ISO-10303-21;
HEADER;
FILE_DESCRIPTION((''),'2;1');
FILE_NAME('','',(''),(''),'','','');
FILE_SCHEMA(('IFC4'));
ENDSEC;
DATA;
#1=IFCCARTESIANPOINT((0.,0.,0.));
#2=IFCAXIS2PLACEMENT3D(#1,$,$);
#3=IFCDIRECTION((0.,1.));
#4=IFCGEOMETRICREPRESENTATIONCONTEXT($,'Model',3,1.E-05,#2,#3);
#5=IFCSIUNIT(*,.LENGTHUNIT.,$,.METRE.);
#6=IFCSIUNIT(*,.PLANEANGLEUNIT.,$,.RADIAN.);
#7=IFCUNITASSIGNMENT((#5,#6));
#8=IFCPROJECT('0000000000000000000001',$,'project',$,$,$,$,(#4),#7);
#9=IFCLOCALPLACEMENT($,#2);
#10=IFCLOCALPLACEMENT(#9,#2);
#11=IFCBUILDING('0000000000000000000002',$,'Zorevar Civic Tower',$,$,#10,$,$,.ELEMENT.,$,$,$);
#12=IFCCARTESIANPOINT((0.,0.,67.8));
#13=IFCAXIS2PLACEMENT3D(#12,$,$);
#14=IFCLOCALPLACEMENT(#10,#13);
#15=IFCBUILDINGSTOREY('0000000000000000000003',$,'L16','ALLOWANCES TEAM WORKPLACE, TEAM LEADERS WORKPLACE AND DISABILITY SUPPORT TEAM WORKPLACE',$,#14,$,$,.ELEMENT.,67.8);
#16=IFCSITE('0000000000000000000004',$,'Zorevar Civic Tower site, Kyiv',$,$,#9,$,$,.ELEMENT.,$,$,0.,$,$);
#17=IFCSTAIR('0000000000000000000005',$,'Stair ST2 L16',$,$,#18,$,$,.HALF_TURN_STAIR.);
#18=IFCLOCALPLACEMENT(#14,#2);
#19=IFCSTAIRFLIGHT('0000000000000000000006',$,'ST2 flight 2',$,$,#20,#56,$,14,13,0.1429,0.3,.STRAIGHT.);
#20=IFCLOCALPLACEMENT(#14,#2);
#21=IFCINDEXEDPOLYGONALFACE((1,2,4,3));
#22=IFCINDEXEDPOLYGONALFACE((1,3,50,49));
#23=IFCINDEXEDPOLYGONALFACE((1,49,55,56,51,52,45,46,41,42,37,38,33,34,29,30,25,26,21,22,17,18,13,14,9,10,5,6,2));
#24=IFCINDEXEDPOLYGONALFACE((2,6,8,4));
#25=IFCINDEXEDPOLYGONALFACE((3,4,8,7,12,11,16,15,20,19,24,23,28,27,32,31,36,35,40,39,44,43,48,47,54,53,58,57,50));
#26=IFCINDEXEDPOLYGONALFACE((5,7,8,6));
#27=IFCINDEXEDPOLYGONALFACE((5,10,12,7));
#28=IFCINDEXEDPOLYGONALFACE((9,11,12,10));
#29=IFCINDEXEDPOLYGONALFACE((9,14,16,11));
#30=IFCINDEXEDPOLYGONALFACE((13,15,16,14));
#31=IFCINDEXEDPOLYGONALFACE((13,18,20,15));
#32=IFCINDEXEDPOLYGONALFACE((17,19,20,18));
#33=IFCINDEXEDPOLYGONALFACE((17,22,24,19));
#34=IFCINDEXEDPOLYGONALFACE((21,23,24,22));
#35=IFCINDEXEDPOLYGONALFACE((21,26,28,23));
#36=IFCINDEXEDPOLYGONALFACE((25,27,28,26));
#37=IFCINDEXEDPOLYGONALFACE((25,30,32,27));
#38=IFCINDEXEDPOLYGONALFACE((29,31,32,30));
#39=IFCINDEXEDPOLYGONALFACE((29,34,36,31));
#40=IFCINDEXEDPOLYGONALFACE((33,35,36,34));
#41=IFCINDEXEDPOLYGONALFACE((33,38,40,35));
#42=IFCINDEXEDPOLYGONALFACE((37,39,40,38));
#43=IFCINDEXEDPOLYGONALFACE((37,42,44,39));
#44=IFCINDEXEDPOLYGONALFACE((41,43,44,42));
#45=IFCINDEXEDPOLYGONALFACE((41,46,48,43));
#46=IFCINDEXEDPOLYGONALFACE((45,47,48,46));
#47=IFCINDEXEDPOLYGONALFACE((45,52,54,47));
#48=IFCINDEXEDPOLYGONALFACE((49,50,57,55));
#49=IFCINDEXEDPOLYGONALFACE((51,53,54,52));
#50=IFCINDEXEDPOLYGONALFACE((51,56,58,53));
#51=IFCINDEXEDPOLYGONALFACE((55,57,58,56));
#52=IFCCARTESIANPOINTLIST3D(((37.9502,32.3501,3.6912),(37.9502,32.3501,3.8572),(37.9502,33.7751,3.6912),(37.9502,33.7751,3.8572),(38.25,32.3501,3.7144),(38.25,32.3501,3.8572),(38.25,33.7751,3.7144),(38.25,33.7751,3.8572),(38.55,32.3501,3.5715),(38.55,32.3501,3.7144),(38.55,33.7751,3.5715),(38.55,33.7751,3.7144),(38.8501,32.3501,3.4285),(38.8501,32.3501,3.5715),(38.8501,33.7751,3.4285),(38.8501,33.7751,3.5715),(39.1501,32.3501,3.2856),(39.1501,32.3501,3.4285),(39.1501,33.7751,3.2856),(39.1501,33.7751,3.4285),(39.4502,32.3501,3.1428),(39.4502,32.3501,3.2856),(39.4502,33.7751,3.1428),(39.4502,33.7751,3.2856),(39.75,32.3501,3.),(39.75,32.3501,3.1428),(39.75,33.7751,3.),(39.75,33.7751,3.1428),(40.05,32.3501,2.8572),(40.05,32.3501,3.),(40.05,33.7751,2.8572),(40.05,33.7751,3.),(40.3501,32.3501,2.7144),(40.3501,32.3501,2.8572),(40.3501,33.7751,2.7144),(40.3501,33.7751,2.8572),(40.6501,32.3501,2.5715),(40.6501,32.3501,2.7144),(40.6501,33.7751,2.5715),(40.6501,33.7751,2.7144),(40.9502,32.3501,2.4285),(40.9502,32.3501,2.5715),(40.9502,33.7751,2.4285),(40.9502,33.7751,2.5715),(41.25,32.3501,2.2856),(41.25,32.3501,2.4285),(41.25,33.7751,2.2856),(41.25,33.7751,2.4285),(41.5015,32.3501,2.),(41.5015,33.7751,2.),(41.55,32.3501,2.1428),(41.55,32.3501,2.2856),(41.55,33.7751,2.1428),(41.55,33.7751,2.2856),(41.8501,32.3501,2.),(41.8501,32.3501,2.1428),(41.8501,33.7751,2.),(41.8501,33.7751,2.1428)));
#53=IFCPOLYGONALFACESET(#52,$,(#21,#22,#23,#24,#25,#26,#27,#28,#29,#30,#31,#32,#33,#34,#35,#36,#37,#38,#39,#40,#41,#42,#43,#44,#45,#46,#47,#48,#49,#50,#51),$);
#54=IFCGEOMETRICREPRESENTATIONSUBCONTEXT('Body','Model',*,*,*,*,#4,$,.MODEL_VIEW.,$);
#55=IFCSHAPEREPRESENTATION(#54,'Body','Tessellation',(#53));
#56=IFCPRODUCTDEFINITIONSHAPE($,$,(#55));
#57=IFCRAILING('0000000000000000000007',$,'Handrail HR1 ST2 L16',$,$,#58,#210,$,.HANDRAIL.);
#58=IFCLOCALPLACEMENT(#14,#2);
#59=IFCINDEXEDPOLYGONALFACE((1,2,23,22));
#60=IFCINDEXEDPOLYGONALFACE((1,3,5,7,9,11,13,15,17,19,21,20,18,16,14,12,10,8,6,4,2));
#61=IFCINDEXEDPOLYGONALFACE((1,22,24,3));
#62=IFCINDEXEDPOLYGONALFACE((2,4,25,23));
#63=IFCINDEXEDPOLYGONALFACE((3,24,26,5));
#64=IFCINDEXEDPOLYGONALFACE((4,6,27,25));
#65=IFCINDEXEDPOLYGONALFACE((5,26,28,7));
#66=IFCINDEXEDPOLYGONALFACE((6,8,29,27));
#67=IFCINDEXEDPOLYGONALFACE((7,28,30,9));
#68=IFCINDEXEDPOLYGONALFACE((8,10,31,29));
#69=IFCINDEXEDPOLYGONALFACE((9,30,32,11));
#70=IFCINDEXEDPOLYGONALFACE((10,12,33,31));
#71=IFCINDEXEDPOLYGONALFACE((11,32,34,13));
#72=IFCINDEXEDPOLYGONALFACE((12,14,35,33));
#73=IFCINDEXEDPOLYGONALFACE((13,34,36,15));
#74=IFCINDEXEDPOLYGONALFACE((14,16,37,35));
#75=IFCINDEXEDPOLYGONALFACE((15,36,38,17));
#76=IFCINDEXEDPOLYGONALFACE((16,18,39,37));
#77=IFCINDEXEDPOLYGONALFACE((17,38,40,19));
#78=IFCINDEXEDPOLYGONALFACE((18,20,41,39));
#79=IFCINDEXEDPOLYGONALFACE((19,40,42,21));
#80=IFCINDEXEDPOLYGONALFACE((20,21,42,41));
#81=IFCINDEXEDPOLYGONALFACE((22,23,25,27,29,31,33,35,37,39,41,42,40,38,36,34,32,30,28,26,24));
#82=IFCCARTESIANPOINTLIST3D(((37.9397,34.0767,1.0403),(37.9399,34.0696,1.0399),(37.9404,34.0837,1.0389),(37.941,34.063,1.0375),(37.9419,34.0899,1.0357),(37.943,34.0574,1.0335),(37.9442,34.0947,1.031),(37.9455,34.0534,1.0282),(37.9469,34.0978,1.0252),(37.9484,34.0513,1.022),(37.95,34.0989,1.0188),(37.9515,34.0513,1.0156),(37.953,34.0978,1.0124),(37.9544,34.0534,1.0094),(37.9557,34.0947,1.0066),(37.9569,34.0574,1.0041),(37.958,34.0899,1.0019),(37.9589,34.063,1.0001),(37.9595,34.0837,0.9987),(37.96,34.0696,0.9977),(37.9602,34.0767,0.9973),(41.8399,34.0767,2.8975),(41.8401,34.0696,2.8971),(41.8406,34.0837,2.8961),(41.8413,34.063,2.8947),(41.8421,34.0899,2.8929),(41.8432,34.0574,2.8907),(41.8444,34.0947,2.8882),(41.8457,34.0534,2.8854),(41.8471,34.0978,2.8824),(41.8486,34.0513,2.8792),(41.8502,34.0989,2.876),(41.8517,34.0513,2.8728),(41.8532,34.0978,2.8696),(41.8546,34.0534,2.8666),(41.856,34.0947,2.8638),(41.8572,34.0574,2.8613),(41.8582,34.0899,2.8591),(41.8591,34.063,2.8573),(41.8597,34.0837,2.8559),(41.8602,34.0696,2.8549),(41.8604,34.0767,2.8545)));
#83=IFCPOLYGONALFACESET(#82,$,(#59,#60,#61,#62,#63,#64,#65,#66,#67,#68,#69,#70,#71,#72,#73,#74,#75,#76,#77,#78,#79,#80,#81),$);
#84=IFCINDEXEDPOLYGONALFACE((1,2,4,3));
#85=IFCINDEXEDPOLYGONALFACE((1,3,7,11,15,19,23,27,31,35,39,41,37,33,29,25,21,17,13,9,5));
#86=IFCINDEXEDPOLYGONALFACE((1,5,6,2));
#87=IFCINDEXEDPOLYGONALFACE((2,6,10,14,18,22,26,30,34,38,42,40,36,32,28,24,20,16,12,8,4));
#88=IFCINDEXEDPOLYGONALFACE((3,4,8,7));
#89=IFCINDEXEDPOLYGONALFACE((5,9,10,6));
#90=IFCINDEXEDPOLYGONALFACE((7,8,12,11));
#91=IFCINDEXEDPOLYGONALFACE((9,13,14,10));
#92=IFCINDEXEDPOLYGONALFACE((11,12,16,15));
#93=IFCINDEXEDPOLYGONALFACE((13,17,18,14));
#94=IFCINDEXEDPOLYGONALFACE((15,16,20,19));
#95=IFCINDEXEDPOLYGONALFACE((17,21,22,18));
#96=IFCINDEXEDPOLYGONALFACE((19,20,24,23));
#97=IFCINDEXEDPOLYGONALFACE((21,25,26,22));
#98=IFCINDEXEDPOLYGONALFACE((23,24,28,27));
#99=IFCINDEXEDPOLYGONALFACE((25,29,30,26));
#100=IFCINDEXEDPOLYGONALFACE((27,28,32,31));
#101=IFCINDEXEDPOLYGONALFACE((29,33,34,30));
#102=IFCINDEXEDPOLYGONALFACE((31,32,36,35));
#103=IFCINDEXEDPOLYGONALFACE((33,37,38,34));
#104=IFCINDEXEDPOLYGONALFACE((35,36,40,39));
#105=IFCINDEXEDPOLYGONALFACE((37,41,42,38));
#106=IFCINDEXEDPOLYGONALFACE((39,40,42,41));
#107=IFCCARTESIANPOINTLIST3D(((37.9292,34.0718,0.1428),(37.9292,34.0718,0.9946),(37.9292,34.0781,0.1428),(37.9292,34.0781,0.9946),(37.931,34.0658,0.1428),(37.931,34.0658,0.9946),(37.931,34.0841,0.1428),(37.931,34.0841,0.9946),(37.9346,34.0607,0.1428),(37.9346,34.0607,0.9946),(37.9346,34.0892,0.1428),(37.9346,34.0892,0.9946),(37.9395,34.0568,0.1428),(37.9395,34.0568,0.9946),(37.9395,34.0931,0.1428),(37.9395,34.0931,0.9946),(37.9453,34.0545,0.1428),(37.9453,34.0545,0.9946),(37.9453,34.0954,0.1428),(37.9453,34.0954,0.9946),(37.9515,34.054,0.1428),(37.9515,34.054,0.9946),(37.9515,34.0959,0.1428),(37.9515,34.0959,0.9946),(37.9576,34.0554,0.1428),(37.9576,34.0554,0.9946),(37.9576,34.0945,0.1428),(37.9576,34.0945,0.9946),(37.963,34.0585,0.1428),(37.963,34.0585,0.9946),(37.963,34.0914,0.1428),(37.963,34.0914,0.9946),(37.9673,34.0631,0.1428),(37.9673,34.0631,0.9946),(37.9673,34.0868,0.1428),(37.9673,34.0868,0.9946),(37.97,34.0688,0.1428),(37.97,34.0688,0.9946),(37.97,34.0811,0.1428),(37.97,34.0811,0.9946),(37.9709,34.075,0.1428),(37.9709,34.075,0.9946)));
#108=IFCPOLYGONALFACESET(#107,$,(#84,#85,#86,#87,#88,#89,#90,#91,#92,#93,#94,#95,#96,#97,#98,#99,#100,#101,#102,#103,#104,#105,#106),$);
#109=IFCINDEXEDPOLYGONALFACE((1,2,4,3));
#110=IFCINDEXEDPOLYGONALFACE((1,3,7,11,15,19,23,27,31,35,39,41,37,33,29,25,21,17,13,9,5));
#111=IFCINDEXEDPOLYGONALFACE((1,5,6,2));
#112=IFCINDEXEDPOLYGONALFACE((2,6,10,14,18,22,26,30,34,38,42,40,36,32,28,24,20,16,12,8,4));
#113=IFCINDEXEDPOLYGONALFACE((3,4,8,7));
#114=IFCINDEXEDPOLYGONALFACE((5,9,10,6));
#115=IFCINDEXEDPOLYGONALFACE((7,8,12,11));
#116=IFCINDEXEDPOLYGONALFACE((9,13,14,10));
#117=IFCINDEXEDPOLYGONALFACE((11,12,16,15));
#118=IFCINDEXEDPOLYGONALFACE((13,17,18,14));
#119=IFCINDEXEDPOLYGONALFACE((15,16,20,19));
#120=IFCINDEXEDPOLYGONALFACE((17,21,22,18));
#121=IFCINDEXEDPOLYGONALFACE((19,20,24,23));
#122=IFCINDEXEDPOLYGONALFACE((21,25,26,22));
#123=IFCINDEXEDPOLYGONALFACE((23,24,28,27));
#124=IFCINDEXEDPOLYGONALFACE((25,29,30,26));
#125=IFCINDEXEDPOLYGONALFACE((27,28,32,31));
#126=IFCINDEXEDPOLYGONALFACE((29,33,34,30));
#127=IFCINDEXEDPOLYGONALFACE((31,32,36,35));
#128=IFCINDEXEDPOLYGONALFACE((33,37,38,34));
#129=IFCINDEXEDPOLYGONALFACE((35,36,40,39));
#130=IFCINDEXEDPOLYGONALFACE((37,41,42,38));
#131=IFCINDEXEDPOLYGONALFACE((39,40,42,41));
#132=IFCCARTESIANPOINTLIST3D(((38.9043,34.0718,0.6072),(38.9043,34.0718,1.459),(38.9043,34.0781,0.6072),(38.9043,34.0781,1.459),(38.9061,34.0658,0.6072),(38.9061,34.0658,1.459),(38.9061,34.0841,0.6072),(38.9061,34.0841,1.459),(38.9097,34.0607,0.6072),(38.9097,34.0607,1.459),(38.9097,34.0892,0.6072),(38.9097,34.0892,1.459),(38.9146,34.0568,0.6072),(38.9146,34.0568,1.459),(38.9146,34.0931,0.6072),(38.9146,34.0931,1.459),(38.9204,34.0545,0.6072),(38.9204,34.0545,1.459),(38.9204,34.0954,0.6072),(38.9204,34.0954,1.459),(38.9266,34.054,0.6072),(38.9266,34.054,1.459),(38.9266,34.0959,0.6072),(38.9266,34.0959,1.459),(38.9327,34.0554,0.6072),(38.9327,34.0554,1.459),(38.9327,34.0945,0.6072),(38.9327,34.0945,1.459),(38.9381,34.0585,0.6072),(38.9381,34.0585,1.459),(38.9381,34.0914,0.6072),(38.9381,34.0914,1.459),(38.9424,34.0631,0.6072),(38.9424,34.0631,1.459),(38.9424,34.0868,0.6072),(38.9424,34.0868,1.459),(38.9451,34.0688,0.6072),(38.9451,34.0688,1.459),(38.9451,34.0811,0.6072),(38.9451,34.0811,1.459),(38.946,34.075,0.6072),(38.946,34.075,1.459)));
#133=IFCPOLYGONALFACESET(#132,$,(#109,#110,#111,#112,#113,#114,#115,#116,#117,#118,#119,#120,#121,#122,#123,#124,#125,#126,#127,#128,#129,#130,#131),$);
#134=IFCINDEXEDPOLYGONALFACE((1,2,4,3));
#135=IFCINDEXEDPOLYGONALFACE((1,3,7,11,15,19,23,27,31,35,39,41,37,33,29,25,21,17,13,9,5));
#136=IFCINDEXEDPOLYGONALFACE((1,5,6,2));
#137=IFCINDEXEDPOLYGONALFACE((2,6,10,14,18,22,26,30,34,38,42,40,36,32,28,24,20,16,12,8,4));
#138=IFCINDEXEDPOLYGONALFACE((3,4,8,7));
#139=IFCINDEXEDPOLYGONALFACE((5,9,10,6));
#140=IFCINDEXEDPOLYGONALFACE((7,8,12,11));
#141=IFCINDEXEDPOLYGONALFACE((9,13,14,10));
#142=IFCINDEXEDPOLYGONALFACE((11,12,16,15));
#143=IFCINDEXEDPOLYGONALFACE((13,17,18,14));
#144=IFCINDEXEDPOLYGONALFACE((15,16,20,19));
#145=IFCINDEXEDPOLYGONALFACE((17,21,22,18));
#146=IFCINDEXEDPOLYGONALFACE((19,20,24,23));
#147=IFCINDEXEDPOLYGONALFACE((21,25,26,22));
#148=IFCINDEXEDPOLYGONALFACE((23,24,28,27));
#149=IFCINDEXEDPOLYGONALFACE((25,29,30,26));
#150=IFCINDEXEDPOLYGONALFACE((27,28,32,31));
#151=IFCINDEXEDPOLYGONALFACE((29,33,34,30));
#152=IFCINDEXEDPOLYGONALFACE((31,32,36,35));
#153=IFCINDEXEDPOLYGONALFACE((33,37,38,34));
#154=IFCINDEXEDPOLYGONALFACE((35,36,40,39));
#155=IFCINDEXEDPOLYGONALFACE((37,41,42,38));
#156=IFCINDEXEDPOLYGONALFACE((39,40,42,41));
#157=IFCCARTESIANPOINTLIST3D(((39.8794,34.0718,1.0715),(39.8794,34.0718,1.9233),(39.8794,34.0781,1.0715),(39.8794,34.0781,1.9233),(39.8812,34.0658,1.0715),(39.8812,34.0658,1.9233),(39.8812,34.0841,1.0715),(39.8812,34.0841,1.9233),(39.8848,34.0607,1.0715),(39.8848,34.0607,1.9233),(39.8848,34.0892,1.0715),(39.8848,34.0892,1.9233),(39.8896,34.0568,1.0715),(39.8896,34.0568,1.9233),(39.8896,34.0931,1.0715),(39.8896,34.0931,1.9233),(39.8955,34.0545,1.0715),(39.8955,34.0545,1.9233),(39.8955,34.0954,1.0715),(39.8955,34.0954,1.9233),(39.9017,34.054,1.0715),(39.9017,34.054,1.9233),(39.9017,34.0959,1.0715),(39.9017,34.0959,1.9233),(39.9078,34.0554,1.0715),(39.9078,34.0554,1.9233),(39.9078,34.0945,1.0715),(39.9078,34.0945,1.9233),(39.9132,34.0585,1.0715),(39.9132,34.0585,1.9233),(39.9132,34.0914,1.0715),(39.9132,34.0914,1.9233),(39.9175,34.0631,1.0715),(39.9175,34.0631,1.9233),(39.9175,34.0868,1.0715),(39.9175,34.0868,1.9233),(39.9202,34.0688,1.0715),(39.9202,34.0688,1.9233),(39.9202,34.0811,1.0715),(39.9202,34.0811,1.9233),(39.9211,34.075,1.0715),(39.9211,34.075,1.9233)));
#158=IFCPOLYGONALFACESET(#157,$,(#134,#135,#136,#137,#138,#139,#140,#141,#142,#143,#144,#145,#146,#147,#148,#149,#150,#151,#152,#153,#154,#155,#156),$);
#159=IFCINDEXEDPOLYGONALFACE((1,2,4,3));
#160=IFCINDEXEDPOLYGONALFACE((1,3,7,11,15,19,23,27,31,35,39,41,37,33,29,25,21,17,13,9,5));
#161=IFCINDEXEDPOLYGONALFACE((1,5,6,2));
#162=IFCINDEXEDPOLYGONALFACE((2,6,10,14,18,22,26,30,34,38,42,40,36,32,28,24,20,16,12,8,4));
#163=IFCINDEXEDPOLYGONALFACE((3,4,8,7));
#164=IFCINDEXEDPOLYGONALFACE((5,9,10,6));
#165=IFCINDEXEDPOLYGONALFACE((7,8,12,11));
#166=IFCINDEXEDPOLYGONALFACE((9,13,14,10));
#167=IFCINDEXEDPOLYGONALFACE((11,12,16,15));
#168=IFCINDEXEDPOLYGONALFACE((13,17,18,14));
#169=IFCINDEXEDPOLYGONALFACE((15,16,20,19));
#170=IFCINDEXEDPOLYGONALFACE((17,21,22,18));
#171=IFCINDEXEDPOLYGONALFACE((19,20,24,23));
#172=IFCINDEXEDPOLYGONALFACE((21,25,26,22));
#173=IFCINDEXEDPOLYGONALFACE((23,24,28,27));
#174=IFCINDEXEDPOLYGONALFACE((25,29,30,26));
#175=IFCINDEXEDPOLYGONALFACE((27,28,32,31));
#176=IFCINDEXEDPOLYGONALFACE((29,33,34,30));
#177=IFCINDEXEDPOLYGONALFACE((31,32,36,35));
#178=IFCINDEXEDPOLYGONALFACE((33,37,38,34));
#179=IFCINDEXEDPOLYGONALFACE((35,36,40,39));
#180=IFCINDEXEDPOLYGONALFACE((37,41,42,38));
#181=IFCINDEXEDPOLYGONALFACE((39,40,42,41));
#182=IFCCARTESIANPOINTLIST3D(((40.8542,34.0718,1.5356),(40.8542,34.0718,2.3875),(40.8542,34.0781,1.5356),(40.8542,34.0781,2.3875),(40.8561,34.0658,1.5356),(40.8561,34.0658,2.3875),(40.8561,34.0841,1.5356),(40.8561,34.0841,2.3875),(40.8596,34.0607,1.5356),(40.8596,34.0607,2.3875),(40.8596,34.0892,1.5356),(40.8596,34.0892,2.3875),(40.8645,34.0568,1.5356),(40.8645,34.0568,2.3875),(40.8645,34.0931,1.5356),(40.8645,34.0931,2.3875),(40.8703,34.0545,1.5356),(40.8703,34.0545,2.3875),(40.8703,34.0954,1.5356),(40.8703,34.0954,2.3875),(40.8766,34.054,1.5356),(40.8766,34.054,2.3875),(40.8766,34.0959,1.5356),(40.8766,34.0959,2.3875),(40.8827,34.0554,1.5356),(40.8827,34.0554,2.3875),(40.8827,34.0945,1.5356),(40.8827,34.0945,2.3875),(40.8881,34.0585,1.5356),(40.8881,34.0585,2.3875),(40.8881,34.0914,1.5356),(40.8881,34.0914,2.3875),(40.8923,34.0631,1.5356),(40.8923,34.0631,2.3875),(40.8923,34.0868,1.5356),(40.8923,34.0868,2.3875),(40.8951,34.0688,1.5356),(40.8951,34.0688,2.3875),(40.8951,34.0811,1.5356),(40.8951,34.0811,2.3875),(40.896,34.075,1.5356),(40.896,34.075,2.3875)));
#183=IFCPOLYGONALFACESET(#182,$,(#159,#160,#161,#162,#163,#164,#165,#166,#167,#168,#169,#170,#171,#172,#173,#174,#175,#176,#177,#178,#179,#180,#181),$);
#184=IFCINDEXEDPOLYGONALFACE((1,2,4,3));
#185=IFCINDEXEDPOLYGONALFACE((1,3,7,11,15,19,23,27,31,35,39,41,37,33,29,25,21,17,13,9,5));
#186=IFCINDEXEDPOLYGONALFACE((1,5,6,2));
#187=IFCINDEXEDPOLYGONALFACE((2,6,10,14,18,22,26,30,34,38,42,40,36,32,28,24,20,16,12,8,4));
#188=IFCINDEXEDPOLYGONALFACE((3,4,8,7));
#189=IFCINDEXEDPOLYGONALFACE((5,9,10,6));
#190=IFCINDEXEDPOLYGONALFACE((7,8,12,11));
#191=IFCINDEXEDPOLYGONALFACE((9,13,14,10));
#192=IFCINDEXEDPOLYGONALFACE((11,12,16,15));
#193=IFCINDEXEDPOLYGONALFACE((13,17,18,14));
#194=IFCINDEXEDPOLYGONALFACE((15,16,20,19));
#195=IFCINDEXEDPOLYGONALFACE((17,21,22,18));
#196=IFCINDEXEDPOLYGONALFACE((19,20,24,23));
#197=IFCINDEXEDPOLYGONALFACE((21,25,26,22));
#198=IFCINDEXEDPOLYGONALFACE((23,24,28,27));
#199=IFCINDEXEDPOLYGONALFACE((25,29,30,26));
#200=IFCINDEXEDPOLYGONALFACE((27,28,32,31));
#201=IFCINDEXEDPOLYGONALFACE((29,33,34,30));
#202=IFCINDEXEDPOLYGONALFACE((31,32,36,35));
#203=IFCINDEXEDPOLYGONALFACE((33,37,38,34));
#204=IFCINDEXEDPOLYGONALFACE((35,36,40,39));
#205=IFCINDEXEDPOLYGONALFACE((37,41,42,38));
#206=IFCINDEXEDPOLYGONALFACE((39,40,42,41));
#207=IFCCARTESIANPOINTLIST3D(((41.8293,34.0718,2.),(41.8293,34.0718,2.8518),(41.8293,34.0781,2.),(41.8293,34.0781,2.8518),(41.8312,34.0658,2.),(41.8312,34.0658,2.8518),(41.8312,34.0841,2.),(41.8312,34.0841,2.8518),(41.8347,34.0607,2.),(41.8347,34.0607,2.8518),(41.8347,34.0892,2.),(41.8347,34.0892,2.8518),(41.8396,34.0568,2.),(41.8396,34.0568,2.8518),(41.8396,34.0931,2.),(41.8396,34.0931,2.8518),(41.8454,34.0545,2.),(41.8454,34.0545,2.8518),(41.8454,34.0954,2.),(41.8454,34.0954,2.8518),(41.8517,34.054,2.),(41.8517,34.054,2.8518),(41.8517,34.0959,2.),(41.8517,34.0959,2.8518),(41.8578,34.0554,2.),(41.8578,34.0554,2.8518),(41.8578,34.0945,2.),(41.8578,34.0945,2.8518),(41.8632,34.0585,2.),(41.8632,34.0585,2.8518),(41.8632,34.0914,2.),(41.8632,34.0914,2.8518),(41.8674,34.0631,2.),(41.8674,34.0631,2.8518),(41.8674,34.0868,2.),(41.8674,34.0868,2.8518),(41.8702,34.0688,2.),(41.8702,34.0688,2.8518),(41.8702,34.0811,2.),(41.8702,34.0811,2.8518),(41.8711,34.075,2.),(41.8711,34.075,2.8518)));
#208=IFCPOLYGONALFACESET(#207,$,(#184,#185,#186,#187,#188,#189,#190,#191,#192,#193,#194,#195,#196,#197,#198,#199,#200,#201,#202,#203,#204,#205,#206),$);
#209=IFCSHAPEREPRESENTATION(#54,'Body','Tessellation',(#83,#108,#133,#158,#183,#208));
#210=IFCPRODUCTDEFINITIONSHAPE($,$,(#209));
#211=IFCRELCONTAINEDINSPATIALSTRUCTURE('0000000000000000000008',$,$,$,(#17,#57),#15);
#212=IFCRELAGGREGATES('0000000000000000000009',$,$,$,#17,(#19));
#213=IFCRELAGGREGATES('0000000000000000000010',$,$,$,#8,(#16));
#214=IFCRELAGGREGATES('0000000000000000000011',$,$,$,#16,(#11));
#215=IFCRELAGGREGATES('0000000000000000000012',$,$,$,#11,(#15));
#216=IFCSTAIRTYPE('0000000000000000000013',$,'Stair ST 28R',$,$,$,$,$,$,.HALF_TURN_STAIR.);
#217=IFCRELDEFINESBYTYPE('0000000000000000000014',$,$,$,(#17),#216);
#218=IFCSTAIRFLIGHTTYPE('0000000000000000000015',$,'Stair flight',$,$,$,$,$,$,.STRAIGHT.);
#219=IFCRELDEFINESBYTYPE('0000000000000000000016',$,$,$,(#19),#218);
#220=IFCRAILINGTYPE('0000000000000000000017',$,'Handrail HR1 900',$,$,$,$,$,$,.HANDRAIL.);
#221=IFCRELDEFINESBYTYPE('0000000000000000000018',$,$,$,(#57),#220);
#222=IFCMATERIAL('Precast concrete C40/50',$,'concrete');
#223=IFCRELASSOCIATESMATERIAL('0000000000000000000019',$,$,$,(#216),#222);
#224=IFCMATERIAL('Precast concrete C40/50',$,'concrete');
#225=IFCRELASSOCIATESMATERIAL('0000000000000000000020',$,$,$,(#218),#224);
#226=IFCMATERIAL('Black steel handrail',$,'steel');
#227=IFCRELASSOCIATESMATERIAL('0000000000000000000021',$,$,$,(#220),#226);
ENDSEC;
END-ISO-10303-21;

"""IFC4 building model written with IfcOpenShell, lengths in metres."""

from ifc_helpers import new_model, si_unit, direction, frame, origin, origin_2d, place, context, subcontext, project, spatial, polyline, circle, outline, extrude, material, type_object, element, aggregate, save


model = new_model("IFC4")

# Units and contexts
model_context = context("Model", 3, precision=1e-05, world=origin(), true_north=direction((0.0, 1.0)))
body_context = subcontext(model_context, "Body", "Model", "MODEL_VIEW")
ifc_project = project(units=[si_unit("LENGTHUNIT", "METRE"), si_unit("PLANEANGLEUNIT", "RADIAN")], contexts=[model_context])

# Site, building, storey
site_placement = place(None, origin())
site = spatial("IfcSite", under=ifc_project, at=site_placement, Name="Zorevar Civic Tower site, Kyiv", CompositionType="ELEMENT", RefElevation=0.0)
building_placement = place(site_placement, origin())
building = spatial("IfcBuilding", under=site, at=building_placement, Name="Zorevar Civic Tower", CompositionType="ELEMENT")
storey_placement = place(building_placement, frame((0.0, 0.0, 67.8)))
storey = spatial("IfcBuildingStorey", under=building, at=storey_placement, Name="L16", Description="ALLOWANCES TEAM WORKPLACE, TEAM LEADERS WORKPLACE AND DISABILITY SUPPORT TEAM WORKPLACE", CompositionType="ELEMENT", Elevation=67.8)

# Stair, stair flight
ifc_material_1 = material(Name="Precast concrete C40/50", Category="concrete")
stair_type = type_object("IfcStairType", Name="Stair ST 28R", PredefinedType="HALF_TURN_STAIR", material=ifc_material_1)
stair_placement = place(storey_placement, origin())
stair = element("IfcStair", 1, at=stair_placement, inside=storey, type_object=stair_type, Name="Stair ST2 L16", PredefinedType="HALF_TURN_STAIR")
ifc_material_2 = material(Name="Precast concrete C40/50", Category="concrete")
stair_flight_type = type_object("IfcStairFlightType", Name="Stair flight", PredefinedType="STRAIGHT", material=ifc_material_2)
stair_flight_1_placement = place(storey_placement, frame((41.8501, 33.0625, 2.0), z_axis=(0.0, 0.0, 1.0), x_axis=(-1.0, 0.0, 0.0)))
stair_flight_1 = element("IfcStairFlight", 2, at=stair_flight_1_placement, type_object=stair_flight_type, Name="ST2 flight 2", NumberOfRisers=14, NumberOfTreads=13, PredefinedType="STRAIGHT", RiserHeight=0.1429, TreadLength=0.3, context=body_context, shape_type="SweptSolid", body=[
    extrude(outline(polyline([(0.0, 0.0), (0.0, 0.1428), (0.3, 0.1428), (0.3, 0.2856), (0.6001, 0.2856), (0.6001, 0.4285), (0.8999, 0.4285), (0.8999, 0.5715), (1.2, 0.5715), (1.2, 0.7144), (1.5, 0.7144), (1.5, 0.8572), (1.8, 0.8572), (1.8, 1.0), (2.1001, 1.0), (2.1001, 1.1428), (2.3999, 1.1428), (2.3999, 1.2856), (2.7, 1.2856), (2.7, 1.4285), (3.0, 1.4285), (3.0, 1.5715), (3.3, 1.5715), (3.3, 1.7144), (3.6001, 1.7144), (3.6001, 1.8572), (3.8999, 1.8572), (3.8999, 2.0), (3.8999, 1.6912), (0.3486, 0.0), (0.0, 0.0)])), frame((0.0, 0.7124, 0.0), z_axis=(0.0, -1.0, 0.0), x_axis=(1.0, 0.0, 0.0)), (0.0, 0.0, 1.0), 1.425),
])
aggregate(stair, [stair_flight_1])

# Railing
ifc_material_3 = material(Name="Black steel handrail", Category="steel")
railing_type = type_object("IfcRailingType", Name="Handrail HR1 900", PredefinedType="HANDRAIL", material=ifc_material_3)
railing_1_placement = place(storey_placement, frame((37.95, 34.075, 0.1428)))
element("IfcRailing", 3, at=railing_1_placement, inside=storey, type_object=railing_type, Name="Handrail HR1 ST2 L16", PredefinedType="HANDRAIL", context=body_context, shape_type="SweptSolid", body=[
    extrude(circle(Radius=0.0239, at=origin_2d()), frame((0.0, 0.0, 0.876), z_axis=(0.902864, 0.0, 0.429927), x_axis=(0.0, 1.0, 0.0)), (0.0, 0.0, 1.0), 4.3198),
    extrude(circle(Radius=0.021, at=origin_2d()), origin(), (0.0, 0.0, 1.0), 0.8518),
    extrude(circle(Radius=0.021, at=origin_2d()), frame((0.9751, 0.0, 0.4644)), (0.0, 0.0, 1.0), 0.8518),
    extrude(circle(Radius=0.021, at=origin_2d()), frame((1.9502, 0.0, 0.9287)), (0.0, 0.0, 1.0), 0.8518),
    extrude(circle(Radius=0.021, at=origin_2d()), frame((2.925, 0.0, 1.3928)), (0.0, 0.0, 1.0), 0.8518),
    extrude(circle(Radius=0.021, at=origin_2d()), frame((3.9001, 0.0, 1.8572)), (0.0, 0.0, 1.0), 0.8518),
])

save(model, "model.ifc")
